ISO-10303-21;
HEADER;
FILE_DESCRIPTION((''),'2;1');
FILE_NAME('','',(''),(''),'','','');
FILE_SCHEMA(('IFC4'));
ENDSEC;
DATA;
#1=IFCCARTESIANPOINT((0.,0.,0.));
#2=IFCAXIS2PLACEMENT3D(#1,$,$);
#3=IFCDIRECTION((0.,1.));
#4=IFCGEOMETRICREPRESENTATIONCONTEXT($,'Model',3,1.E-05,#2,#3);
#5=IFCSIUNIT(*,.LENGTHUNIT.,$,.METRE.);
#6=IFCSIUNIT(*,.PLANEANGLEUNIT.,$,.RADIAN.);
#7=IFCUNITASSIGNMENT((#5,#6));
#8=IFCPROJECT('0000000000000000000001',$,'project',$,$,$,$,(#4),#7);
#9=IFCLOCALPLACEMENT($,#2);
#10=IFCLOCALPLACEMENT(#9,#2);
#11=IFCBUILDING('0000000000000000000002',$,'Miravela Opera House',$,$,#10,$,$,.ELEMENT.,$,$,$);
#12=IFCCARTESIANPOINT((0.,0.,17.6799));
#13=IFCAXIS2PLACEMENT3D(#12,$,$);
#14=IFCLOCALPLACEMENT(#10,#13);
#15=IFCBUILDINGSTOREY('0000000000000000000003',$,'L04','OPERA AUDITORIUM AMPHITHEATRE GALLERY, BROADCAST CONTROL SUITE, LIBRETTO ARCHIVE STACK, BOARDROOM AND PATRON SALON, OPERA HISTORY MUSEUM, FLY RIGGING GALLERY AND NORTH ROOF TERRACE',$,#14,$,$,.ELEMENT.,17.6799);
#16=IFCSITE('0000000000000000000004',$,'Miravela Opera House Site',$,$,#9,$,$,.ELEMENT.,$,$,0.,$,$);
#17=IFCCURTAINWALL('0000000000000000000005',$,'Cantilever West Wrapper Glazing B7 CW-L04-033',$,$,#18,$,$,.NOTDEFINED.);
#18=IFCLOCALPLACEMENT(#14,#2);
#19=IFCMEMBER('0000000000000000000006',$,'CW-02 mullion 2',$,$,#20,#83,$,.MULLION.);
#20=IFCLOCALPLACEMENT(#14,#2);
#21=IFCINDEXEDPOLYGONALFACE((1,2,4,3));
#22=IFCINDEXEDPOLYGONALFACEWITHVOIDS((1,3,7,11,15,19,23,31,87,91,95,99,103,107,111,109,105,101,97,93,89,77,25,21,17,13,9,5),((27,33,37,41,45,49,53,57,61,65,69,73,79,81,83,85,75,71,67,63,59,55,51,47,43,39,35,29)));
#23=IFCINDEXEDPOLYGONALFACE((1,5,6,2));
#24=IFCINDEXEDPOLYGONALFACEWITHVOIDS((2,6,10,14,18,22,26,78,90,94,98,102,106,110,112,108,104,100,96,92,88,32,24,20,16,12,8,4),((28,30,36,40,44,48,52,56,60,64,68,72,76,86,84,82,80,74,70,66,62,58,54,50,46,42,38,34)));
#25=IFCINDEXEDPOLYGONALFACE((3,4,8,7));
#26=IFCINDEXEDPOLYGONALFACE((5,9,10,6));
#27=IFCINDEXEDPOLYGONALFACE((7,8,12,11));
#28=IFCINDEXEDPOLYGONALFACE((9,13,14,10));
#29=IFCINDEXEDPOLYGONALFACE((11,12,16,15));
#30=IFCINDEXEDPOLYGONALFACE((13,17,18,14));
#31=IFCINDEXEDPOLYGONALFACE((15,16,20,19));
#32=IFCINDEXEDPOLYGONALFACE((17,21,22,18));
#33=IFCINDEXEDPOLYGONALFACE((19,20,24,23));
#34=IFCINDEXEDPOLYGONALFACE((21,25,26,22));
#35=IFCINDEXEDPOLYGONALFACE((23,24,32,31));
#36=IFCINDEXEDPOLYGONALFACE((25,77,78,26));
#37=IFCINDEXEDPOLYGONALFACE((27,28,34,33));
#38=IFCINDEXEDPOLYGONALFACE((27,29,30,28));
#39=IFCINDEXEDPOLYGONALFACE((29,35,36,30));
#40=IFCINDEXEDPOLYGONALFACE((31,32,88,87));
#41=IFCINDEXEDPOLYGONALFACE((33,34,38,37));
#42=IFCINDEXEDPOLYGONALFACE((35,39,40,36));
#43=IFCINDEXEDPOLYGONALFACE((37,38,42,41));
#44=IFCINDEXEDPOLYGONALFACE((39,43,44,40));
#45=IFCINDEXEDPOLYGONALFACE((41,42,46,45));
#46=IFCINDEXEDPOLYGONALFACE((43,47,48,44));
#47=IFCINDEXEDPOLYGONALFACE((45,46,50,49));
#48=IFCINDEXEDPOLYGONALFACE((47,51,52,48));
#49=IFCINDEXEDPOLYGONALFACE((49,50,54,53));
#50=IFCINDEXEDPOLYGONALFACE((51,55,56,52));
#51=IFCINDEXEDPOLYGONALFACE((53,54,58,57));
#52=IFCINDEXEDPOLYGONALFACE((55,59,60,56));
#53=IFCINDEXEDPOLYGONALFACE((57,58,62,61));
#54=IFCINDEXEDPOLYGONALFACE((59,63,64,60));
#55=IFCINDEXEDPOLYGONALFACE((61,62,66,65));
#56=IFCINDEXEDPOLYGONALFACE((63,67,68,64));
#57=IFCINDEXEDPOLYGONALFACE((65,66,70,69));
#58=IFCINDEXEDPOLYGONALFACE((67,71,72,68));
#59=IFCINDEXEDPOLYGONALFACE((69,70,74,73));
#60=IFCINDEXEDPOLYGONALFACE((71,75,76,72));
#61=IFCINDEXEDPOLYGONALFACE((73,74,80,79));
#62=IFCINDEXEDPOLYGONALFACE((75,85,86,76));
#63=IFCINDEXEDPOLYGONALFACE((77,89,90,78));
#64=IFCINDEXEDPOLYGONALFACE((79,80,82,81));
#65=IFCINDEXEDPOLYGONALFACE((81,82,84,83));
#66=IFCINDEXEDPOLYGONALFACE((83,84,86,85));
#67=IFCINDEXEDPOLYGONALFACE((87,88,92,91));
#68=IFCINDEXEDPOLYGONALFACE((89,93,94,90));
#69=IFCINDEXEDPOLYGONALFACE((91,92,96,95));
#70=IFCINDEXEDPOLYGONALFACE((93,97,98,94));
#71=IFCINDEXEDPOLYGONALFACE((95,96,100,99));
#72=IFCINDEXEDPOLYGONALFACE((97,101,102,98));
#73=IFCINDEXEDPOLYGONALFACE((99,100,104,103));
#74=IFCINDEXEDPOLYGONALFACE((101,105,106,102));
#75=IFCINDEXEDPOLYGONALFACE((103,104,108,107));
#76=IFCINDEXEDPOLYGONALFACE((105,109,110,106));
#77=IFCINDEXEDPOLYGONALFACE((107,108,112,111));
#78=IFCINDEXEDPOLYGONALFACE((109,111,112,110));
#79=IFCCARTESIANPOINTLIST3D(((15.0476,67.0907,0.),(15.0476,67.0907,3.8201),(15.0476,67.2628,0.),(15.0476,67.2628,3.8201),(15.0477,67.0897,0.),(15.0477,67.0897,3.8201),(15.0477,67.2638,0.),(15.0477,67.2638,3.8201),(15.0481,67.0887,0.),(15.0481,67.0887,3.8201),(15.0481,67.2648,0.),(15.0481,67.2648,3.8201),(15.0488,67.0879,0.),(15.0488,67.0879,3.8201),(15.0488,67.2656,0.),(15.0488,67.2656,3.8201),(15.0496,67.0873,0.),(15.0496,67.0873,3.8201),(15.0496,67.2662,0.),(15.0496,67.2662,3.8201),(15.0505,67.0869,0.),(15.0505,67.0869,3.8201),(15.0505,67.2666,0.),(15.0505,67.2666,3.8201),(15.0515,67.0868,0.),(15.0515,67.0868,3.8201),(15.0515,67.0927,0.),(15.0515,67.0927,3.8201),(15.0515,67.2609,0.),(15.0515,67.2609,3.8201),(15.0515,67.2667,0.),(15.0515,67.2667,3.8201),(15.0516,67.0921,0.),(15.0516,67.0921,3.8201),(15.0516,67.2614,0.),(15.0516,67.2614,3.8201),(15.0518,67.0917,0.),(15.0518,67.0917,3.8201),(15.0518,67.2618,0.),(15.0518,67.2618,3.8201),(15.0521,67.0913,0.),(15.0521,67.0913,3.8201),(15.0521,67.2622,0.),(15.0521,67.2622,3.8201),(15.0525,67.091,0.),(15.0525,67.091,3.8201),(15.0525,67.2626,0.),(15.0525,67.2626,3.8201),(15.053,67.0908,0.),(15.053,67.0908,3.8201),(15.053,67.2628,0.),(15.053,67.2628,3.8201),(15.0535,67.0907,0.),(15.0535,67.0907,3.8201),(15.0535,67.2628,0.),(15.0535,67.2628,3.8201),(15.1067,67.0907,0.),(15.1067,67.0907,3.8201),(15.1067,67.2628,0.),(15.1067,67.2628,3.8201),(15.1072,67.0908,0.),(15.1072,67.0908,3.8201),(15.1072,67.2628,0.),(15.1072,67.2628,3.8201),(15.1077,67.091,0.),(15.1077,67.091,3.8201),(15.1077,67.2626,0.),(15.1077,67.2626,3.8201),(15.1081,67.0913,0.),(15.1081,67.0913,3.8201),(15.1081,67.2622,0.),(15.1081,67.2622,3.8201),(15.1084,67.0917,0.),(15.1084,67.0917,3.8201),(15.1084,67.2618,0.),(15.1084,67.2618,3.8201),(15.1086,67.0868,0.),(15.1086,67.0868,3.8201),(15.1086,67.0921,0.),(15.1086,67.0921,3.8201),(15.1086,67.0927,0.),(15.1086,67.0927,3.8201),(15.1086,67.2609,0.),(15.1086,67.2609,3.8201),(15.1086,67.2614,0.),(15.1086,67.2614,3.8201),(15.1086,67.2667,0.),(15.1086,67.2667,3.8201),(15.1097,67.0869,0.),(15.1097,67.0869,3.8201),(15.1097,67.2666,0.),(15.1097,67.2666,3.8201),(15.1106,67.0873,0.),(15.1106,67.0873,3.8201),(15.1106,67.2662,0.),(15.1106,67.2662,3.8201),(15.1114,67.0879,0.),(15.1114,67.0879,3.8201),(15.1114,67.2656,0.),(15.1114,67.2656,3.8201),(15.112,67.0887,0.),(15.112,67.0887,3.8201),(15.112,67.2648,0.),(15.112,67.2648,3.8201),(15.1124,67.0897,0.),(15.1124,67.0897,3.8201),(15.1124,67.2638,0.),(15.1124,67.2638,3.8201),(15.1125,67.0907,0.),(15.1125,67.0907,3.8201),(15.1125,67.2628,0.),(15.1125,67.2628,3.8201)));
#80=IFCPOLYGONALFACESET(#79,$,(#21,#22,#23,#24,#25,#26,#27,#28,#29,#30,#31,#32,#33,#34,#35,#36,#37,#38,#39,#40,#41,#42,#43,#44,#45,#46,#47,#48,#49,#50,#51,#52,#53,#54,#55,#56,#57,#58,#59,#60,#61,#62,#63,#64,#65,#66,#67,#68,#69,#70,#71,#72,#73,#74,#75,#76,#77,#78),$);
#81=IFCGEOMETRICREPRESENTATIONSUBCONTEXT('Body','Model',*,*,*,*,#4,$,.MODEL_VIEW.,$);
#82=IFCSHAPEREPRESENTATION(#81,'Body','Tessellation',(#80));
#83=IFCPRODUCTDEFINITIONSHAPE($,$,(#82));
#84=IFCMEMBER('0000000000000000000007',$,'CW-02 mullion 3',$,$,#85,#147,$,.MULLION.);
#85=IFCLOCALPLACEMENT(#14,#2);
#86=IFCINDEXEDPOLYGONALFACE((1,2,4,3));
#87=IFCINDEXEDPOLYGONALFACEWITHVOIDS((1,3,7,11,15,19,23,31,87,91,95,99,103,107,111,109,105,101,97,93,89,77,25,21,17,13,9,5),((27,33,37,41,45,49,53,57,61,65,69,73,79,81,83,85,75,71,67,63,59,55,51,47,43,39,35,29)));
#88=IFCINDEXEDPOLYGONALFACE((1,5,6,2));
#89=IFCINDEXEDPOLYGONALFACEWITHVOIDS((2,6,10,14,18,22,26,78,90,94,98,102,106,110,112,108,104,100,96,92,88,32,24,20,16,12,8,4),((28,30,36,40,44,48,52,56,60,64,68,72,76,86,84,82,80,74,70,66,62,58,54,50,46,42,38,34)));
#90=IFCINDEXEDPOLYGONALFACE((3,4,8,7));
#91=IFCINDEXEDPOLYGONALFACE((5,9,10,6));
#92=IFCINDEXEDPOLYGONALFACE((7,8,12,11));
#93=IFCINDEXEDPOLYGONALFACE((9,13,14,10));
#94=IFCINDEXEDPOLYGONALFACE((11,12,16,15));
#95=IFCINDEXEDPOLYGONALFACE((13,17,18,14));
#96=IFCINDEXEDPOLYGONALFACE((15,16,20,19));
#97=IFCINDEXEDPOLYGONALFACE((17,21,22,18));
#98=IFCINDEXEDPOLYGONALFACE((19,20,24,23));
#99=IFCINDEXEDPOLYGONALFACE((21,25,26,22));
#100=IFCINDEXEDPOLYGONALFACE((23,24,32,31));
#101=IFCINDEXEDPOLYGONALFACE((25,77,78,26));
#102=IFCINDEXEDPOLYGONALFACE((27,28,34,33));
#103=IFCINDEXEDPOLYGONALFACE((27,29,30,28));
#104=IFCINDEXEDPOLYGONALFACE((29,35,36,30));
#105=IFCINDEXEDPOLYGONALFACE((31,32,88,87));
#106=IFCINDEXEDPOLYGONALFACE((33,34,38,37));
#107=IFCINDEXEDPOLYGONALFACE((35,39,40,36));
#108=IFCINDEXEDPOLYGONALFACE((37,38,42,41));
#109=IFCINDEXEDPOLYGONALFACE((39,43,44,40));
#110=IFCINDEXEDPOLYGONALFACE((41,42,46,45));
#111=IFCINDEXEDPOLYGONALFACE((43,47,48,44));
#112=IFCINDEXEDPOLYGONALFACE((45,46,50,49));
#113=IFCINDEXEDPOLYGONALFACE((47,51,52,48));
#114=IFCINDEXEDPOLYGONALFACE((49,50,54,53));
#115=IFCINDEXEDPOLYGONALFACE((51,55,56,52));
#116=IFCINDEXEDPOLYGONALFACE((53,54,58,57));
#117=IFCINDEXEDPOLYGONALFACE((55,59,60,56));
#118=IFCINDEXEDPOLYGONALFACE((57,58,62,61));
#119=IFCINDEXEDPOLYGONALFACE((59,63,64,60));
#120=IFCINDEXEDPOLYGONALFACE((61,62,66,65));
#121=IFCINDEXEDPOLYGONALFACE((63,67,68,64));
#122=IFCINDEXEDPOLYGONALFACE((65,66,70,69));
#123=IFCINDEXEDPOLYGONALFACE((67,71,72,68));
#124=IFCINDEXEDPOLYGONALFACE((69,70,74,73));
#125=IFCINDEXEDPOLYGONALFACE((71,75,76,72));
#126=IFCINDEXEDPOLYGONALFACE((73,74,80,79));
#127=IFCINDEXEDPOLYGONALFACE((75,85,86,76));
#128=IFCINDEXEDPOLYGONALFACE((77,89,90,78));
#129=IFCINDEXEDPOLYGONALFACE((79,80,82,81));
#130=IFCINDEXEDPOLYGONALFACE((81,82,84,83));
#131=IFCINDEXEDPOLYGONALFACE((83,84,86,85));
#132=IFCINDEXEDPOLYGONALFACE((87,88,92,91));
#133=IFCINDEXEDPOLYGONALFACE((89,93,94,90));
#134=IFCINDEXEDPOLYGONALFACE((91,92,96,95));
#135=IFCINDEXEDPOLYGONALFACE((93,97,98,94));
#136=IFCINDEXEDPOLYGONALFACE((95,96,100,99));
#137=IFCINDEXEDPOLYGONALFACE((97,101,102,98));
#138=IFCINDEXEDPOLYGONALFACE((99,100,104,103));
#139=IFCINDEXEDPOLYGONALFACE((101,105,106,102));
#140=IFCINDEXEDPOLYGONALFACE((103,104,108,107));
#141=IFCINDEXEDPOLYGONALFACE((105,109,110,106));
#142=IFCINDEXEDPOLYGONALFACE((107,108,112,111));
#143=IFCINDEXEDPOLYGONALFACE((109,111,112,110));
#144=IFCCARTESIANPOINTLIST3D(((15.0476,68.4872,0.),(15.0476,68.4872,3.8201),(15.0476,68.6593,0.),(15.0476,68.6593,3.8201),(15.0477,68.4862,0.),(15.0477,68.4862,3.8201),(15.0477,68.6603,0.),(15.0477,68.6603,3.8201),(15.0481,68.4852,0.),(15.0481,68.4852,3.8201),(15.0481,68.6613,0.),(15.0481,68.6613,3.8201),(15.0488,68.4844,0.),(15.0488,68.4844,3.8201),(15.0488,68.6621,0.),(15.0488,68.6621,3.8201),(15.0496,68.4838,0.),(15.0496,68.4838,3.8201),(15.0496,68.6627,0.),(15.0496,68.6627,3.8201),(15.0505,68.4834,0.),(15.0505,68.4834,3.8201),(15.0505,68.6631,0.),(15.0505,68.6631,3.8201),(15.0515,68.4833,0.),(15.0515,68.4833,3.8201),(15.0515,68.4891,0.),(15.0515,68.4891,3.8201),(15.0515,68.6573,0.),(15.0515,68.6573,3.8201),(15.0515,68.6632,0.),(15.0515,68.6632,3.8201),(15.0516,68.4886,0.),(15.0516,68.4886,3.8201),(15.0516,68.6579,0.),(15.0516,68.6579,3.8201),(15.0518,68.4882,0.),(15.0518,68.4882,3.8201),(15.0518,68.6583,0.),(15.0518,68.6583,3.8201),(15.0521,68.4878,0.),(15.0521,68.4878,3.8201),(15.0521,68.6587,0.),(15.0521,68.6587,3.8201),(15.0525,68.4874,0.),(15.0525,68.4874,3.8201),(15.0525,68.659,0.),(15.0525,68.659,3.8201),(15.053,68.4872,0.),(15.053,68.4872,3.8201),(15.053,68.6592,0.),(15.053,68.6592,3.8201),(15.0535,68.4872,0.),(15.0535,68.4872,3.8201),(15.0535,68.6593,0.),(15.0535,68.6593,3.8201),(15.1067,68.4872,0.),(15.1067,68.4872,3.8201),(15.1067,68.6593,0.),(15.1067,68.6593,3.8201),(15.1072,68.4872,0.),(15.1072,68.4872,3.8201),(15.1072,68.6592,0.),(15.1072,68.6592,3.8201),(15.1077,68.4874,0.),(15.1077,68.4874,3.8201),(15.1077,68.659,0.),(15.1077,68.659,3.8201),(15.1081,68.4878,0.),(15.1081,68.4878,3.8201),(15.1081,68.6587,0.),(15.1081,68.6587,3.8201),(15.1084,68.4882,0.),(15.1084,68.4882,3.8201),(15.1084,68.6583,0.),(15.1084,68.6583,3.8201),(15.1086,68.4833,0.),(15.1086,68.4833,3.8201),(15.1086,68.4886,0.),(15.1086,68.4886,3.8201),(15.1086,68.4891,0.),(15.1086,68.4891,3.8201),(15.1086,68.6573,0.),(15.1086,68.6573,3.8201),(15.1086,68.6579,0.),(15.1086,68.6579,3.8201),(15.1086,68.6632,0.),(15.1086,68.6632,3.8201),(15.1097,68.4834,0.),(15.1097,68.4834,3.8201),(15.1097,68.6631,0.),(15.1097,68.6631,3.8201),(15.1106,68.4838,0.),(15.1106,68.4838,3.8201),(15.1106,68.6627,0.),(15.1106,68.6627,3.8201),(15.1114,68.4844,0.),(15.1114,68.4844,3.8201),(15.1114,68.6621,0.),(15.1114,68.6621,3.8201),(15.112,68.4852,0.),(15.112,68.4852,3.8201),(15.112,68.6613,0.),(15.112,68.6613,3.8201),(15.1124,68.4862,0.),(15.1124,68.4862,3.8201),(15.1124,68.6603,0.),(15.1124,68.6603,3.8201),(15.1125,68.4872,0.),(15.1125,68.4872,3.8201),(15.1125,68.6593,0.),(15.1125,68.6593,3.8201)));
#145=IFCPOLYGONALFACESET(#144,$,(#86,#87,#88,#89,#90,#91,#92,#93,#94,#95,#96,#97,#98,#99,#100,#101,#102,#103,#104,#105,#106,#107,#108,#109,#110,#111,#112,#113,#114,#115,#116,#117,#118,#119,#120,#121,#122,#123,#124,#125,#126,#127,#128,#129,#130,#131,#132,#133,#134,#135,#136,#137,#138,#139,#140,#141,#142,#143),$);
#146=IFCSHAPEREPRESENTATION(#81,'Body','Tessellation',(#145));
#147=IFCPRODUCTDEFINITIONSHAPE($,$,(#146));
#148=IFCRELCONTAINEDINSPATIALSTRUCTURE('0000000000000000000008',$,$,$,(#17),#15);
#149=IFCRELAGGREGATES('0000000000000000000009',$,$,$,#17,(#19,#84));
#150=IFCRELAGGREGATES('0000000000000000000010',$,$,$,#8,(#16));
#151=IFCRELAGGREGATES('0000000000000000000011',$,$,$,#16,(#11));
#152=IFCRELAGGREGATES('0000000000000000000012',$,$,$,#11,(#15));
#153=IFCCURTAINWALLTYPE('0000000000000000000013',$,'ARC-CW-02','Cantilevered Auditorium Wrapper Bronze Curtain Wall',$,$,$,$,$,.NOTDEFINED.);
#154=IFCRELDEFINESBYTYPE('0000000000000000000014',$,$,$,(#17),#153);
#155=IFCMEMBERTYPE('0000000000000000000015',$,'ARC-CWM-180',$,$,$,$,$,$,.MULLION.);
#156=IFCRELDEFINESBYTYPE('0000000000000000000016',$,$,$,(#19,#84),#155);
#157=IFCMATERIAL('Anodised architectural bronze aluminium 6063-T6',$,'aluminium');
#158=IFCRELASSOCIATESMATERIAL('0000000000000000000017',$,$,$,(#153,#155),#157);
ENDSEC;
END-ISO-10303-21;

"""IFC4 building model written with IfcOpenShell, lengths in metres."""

from ifc_helpers import new_model, si_unit, direction, frame, origin, origin_2d, place, context, subcontext, project, spatial, hollow_rectangle, extrude, material, material_profile, profile_set, type_object, element, aggregate, save


model = new_model("IFC4")

# Units and contexts
model_context = context("Model", 3, precision=1e-05, world=origin(), true_north=direction((0.0, 1.0)))
body_context = subcontext(model_context, "Body", "Model", "MODEL_VIEW")
ifc_project = project(units=[si_unit("LENGTHUNIT", "METRE"), si_unit("PLANEANGLEUNIT", "RADIAN")], contexts=[model_context])

# Site, building, storey
site_placement = place(None, origin())
site = spatial("IfcSite", under=ifc_project, at=site_placement, Name="Miravela Opera House Site", CompositionType="ELEMENT", RefElevation=0.0)
building_placement = place(site_placement, origin())
building = spatial("IfcBuilding", under=site, at=building_placement, Name="Miravela Opera House", CompositionType="ELEMENT")
storey_placement = place(building_placement, frame((0.0, 0.0, 17.6799)))
storey = spatial("IfcBuildingStorey", under=building, at=storey_placement, Name="L04", Description="OPERA AUDITORIUM AMPHITHEATRE GALLERY, BROADCAST CONTROL SUITE, LIBRETTO ARCHIVE STACK, BOARDROOM AND PATRON SALON, OPERA HISTORY MUSEUM, FLY RIGGING GALLERY AND NORTH ROOF TERRACE", CompositionType="ELEMENT", Elevation=17.6799)

# Curtain wall, members
ifc_material_1 = material(Name="Anodised architectural bronze aluminium 6063-T6", Category="aluminium")
curtain_wall_type = type_object("IfcCurtainWallType", Name="ARC-CW-02", Description="Cantilevered Auditorium Wrapper Bronze Curtain Wall", PredefinedType="NOTDEFINED", material=ifc_material_1)
curtain_wall_placement = place(storey_placement, origin())
curtain_wall = element("IfcCurtainWall", 1, at=curtain_wall_placement, inside=storey, type_object=curtain_wall_type, Name="Cantilever West Wrapper Glazing B7 CW-L04-033", PredefinedType="NOTDEFINED")
ifc_material_profile_1 = material_profile(ifc_material_1, hollow_rectangle(XDim=0.0649, YDim=0.1799, WallThickness=0.0039, InnerFilletRadius=0.002, OuterFilletRadius=0.0039, at=origin_2d()), Name="CWM-65X180")
ifc_profile_set_1 = profile_set([ifc_material_profile_1])
member_type_1 = type_object("IfcMemberType", Name="ARC-CWM-180", PredefinedType="MULLION", material=ifc_profile_set_1)
member_1_placement = place(storey_placement, frame((15.0801, 67.1768, 0.0), z_axis=(0.0, 0.0, 1.0), x_axis=(-1.0, 0.0, 0.0)))
member_1 = element("IfcMember", 2, at=member_1_placement, type_object=member_type_1, Name="CW-02 mullion 2", PredefinedType="MULLION", context=body_context, shape_type="SweptSolid", body=[
    extrude(hollow_rectangle(XDim=0.0649, YDim=0.1799, WallThickness=0.0039, InnerFilletRadius=0.002, OuterFilletRadius=0.0039, at=origin_2d()), origin(), (0.0, 0.0, 1.0), 3.8201),
])
member_2_placement = place(storey_placement, frame((15.0801, 68.5732, 0.0), z_axis=(0.0, 0.0, 1.0), x_axis=(-1.0, 0.0, 0.0)))
member_2 = element("IfcMember", 3, at=member_2_placement, type_object=member_type_1, Name="CW-02 mullion 3", PredefinedType="MULLION", context=body_context, shape_type="SweptSolid", body=[
    extrude(hollow_rectangle(XDim=0.0649, YDim=0.1799, WallThickness=0.0039, InnerFilletRadius=0.002, OuterFilletRadius=0.0039, at=origin_2d()), origin(), (0.0, 0.0, 1.0), 3.8201),
])

aggregate(curtain_wall, [member_1, member_2])

save(model, "model.ifc")
